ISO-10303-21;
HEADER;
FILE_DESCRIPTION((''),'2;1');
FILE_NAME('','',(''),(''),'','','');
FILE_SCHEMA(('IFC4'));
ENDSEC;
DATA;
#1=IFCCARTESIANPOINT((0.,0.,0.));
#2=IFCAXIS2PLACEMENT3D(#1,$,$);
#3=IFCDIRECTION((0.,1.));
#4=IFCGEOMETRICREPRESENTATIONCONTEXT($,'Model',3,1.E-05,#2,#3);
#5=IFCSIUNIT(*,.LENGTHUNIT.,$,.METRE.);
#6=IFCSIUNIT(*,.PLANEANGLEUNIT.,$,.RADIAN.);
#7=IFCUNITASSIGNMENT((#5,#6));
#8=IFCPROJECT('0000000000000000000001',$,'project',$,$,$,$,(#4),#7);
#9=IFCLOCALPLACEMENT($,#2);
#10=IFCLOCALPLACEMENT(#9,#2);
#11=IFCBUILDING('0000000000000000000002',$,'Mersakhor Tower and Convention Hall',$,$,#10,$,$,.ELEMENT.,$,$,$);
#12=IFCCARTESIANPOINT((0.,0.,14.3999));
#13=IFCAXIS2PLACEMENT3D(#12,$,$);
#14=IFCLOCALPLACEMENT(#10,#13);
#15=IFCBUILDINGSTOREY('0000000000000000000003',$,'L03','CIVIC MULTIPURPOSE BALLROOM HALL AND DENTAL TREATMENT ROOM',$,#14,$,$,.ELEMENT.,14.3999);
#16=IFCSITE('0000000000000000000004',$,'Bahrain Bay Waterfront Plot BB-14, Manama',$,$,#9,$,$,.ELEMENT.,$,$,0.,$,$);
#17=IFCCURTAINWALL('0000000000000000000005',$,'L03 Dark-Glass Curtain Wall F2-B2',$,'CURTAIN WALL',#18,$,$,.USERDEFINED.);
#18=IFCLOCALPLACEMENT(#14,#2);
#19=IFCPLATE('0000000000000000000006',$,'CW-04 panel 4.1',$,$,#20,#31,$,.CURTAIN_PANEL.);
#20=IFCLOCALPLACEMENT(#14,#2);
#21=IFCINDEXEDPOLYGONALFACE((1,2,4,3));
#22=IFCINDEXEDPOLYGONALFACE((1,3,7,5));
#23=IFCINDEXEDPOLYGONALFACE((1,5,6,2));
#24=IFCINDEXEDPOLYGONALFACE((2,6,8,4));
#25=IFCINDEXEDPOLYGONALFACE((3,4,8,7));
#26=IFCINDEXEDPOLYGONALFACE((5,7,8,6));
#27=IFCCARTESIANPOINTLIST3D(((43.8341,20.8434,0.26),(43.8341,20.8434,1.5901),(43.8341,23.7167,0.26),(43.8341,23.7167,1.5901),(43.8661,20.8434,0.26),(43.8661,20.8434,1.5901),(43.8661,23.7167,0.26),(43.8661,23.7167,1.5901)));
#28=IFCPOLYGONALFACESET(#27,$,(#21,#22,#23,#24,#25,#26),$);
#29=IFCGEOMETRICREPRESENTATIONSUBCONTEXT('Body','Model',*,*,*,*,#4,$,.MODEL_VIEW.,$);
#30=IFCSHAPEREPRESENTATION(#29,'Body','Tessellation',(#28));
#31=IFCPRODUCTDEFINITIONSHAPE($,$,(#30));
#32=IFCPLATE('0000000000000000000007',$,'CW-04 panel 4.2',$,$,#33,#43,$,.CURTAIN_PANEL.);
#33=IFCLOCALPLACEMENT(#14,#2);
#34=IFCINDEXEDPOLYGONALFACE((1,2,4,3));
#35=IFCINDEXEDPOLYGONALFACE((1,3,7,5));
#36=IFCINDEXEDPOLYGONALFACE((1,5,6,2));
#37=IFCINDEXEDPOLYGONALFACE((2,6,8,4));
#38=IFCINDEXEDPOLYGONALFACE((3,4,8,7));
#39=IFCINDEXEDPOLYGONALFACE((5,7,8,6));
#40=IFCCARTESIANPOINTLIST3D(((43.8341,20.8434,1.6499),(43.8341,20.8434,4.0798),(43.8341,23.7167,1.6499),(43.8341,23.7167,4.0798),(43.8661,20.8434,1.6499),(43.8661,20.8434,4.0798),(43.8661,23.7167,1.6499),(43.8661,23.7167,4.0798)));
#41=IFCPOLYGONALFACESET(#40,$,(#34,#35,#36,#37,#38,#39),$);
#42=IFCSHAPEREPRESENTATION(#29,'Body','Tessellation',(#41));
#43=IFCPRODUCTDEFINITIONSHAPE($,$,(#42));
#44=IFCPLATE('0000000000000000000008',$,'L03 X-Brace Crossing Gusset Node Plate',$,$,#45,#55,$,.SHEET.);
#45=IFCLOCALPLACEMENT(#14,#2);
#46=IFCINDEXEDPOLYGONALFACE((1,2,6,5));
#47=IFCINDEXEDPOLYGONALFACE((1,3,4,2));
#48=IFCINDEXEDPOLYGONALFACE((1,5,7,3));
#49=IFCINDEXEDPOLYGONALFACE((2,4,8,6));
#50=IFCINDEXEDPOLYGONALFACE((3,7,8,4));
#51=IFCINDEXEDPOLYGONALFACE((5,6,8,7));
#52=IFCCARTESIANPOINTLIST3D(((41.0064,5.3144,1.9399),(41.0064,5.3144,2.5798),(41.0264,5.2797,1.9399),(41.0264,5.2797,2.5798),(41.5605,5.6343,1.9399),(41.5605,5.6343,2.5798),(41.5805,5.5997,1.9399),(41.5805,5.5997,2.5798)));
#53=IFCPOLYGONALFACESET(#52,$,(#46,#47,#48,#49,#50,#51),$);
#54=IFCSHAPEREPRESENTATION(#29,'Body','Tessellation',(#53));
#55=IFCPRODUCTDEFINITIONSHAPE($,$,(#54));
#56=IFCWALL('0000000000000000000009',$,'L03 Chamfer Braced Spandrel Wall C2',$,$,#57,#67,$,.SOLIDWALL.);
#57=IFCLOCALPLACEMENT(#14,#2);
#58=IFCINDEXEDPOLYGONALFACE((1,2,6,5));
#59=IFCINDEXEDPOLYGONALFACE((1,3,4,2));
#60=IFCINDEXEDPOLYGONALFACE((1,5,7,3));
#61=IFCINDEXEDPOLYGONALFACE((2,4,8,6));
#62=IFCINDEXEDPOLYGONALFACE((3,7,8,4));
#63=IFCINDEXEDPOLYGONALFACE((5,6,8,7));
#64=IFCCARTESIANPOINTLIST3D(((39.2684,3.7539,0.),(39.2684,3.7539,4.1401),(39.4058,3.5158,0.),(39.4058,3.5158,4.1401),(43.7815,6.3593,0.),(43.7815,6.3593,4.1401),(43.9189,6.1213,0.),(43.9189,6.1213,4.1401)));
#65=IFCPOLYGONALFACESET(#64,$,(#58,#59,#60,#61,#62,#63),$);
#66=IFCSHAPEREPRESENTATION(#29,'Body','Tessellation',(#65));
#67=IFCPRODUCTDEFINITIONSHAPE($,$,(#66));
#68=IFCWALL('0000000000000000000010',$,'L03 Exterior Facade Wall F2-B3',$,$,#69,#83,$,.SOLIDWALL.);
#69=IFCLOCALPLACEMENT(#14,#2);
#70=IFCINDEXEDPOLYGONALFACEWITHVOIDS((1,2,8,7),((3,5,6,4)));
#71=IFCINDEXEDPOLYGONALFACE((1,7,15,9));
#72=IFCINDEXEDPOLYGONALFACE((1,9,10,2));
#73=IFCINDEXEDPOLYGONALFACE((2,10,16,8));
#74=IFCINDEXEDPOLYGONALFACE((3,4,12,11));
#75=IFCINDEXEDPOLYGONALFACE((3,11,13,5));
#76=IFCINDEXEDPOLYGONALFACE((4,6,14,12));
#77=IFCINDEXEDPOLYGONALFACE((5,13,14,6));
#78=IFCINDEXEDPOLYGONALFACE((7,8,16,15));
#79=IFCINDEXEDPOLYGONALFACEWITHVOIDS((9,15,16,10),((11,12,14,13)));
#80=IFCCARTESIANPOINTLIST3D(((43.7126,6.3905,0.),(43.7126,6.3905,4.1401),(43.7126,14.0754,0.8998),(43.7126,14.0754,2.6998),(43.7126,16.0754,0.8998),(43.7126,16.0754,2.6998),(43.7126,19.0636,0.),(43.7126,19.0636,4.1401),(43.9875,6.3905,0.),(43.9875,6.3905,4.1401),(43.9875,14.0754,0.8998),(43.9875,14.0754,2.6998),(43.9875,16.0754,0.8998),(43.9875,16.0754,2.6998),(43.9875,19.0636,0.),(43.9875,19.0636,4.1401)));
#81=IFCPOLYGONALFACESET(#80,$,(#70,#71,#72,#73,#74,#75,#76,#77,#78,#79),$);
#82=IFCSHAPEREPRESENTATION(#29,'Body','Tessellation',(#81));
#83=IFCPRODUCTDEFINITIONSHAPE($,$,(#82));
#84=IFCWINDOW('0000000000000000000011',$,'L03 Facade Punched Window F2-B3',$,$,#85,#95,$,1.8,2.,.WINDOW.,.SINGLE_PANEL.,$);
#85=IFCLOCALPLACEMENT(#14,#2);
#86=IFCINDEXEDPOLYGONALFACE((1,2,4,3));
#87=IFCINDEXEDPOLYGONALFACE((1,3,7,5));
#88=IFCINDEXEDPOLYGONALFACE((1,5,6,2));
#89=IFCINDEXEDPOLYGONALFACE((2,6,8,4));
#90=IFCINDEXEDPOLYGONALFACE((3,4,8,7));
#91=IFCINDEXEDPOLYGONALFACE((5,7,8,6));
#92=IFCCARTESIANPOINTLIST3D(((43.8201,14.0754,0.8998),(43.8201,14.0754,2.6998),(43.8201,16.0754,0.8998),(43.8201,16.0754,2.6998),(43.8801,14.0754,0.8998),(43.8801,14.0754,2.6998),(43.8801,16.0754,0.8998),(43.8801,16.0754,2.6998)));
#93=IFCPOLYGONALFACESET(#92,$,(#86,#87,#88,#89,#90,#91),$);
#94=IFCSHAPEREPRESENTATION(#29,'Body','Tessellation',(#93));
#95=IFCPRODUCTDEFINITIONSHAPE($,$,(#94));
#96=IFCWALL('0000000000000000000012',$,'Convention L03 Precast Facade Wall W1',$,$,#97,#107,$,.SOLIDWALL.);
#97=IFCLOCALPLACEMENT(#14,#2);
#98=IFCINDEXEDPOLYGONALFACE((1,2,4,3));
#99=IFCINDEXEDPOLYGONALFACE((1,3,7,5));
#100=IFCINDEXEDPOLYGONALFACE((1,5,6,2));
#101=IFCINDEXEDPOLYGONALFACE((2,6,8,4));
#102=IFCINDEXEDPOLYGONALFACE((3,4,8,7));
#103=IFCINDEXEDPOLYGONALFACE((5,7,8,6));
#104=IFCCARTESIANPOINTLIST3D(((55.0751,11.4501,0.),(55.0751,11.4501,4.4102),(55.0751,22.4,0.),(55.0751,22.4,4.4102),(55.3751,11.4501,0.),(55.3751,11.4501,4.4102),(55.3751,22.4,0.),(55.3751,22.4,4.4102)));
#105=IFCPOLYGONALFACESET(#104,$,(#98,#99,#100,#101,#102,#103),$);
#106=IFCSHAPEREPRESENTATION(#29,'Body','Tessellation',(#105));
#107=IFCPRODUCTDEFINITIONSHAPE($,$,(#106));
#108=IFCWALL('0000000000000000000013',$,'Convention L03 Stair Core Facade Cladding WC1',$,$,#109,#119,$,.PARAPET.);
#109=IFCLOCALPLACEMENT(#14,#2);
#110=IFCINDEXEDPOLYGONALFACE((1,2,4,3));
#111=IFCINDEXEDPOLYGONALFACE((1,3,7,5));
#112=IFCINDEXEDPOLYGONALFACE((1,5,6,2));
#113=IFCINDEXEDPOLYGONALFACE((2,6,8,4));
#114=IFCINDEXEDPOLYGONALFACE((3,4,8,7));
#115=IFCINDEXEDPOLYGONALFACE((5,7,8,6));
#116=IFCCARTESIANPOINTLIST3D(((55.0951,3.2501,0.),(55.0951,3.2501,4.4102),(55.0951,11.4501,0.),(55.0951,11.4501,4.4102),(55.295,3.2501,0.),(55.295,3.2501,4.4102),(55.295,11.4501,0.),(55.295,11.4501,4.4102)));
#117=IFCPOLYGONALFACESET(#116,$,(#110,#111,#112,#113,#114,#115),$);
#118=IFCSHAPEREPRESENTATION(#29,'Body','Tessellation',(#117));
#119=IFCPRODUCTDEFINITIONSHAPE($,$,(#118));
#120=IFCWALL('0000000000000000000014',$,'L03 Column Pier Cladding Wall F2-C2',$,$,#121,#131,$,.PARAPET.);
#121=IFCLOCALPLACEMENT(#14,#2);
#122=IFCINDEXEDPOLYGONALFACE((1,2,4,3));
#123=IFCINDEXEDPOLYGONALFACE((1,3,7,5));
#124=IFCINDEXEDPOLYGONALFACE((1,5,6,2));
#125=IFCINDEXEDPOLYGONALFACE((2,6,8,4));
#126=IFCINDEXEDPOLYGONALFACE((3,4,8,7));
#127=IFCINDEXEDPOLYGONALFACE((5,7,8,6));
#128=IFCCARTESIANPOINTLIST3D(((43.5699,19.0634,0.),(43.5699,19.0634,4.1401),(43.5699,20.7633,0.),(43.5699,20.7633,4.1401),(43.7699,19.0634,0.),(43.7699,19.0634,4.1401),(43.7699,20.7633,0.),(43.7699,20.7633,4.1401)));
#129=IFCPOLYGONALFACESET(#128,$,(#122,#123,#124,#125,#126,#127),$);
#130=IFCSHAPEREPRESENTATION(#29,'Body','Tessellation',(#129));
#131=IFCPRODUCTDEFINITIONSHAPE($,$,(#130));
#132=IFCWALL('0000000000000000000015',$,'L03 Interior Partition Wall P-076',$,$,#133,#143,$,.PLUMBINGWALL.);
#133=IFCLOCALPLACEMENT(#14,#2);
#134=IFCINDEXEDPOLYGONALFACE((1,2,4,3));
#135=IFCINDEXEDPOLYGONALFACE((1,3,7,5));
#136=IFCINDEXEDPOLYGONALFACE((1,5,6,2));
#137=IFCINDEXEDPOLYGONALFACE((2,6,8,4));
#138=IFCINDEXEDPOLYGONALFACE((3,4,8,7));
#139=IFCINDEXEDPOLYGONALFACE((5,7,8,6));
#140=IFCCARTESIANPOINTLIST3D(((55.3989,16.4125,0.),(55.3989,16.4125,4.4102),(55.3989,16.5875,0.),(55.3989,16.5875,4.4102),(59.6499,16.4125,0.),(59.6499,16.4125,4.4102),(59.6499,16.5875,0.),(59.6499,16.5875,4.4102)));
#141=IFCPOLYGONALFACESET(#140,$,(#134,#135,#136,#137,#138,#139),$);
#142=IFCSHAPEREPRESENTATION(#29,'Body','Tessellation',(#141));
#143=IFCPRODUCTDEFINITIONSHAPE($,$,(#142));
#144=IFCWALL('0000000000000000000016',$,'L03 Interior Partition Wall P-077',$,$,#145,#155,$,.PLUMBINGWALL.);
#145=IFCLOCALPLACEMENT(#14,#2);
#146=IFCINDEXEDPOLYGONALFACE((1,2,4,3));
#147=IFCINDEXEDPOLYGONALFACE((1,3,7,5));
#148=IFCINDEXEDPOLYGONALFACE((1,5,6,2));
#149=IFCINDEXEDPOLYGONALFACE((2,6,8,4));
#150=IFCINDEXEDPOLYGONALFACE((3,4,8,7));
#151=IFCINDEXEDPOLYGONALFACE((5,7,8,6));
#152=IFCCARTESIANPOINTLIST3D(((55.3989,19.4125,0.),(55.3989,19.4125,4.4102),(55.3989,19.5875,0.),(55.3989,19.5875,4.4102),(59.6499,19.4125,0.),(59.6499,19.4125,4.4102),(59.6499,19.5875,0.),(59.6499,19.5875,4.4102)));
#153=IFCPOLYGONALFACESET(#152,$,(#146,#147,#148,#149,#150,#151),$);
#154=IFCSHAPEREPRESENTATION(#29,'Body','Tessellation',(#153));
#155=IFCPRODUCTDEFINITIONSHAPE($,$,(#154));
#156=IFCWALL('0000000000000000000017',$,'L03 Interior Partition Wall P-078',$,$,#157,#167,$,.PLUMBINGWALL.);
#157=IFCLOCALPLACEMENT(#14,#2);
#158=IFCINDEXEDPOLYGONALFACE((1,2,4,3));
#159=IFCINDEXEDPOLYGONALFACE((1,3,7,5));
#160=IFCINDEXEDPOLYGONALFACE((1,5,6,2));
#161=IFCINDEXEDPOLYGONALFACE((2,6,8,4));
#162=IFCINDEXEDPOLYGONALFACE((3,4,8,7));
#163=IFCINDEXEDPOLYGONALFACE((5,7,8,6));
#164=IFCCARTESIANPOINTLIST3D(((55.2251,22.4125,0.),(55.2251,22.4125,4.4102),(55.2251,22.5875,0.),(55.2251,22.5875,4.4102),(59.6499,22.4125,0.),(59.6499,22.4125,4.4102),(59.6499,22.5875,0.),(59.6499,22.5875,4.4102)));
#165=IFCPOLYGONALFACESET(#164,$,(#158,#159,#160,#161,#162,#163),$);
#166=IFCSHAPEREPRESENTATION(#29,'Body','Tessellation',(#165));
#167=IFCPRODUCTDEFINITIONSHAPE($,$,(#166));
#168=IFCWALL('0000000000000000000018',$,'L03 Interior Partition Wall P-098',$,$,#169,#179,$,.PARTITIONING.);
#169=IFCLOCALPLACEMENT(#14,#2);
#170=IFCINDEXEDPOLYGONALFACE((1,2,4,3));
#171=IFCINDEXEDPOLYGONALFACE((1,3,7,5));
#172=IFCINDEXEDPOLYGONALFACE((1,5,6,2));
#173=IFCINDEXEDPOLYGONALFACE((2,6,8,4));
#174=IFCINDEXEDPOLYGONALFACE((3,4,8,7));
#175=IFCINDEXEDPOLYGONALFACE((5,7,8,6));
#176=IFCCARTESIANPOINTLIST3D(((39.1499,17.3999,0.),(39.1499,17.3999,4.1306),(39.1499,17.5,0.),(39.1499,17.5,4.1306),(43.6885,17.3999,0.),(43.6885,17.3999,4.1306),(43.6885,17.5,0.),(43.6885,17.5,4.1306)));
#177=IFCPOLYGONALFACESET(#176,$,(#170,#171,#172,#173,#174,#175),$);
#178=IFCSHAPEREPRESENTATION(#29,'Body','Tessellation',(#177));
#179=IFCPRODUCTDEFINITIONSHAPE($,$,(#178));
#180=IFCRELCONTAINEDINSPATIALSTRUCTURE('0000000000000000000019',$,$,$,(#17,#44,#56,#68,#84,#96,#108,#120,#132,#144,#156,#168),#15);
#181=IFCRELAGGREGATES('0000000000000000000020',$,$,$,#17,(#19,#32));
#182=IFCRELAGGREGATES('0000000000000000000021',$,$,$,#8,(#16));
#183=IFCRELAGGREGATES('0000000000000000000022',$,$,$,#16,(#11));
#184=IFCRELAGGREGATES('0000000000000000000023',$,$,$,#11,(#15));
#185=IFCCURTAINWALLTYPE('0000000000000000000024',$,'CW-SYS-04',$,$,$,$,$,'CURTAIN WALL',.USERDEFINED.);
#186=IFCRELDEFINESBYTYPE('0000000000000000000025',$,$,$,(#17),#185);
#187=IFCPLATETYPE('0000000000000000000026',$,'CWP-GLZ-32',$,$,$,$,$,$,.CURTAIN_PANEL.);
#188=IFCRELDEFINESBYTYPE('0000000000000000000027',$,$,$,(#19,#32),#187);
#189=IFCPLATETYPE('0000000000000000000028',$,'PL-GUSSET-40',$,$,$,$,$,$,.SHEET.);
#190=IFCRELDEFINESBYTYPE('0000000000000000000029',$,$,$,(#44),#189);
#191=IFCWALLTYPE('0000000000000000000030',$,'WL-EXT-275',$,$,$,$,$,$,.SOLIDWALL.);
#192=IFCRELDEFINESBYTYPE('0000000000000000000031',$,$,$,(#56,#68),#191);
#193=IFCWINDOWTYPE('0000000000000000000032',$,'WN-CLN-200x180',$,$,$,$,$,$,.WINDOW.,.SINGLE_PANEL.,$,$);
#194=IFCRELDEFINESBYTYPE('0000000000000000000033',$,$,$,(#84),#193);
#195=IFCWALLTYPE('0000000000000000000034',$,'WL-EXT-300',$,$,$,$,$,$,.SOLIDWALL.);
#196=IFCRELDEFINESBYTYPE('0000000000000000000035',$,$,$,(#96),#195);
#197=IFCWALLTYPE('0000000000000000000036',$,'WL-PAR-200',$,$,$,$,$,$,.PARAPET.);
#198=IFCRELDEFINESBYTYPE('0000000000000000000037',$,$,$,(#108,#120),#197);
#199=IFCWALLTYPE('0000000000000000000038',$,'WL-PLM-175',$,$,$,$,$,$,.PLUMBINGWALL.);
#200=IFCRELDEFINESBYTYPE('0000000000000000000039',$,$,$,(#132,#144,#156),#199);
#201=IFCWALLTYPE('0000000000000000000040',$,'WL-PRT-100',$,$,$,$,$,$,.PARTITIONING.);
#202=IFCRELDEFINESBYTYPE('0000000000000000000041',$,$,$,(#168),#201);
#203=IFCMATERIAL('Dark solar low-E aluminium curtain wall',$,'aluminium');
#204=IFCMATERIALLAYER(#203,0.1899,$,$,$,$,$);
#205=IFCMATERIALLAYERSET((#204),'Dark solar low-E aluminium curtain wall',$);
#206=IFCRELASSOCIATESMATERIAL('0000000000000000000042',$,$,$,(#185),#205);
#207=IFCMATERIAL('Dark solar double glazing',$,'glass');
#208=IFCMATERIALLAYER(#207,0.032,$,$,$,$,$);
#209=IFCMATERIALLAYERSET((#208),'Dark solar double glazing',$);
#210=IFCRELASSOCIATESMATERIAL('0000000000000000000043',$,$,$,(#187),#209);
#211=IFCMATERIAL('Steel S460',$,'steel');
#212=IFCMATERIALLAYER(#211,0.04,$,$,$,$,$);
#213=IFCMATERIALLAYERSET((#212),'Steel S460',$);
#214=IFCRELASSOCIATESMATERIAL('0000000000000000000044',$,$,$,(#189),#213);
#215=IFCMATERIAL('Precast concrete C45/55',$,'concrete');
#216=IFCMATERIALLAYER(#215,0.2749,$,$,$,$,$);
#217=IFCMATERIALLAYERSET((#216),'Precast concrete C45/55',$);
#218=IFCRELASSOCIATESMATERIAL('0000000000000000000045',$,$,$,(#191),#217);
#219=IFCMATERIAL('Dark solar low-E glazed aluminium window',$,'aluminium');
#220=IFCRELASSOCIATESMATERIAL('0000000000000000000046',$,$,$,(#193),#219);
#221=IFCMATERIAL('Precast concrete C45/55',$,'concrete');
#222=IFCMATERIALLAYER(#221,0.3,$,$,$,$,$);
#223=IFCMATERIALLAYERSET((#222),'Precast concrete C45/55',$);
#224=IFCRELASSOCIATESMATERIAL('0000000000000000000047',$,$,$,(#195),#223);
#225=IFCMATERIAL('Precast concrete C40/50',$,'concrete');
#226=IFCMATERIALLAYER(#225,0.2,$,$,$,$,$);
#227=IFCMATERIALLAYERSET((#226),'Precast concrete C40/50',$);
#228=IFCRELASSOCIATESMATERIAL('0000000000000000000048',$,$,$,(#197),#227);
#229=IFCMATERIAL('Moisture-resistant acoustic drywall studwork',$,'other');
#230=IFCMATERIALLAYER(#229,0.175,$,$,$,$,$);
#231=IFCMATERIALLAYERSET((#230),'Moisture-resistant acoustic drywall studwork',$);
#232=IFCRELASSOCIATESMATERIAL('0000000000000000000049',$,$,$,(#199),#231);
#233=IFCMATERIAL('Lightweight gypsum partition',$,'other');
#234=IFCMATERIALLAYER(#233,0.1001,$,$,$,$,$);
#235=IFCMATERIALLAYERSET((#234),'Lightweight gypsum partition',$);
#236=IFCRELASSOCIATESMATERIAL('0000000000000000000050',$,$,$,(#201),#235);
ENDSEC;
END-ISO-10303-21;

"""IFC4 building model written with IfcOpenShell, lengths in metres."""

from ifc_helpers import new_model, si_unit, direction, frame, frame_2d, origin, origin_2d, place, context, subcontext, project, spatial, rectangle, extrude, material, layer, layer_set, type_object, element, fill, aggregate, save


model = new_model("IFC4")

# Units and contexts
model_context = context("Model", 3, precision=1e-05, world=origin(), true_north=direction((0.0, 1.0)))
body_context = subcontext(model_context, "Body", "Model", "MODEL_VIEW")
ifc_project = project(units=[si_unit("LENGTHUNIT", "METRE"), si_unit("PLANEANGLEUNIT", "RADIAN")], contexts=[model_context])

# Site, building, storey
site_placement = place(None, origin())
site = spatial("IfcSite", under=ifc_project, at=site_placement, Name="Bahrain Bay Waterfront Plot BB-14, Manama", CompositionType="ELEMENT", RefElevation=0.0)
building_placement = place(site_placement, origin())
building = spatial("IfcBuilding", under=site, at=building_placement, Name="Mersakhor Tower and Convention Hall", CompositionType="ELEMENT")
storey_placement = place(building_placement, frame((0.0, 0.0, 14.3999)))
storey = spatial("IfcBuildingStorey", under=building, at=storey_placement, Name="L03", Description="CIVIC MULTIPURPOSE BALLROOM HALL AND DENTAL TREATMENT ROOM", CompositionType="ELEMENT", Elevation=14.3999)

# Curtain wall
ifc_material_1 = material(Name="Dark solar low-E aluminium curtain wall", Category="aluminium")
ifc_layer_1 = layer(ifc_material_1, 0.1899)
ifc_layer_set_1 = layer_set([ifc_layer_1], Name="Dark solar low-E aluminium curtain wall")
curtain_wall_type = type_object("IfcCurtainWallType", Name="CW-SYS-04", ElementType="CURTAIN WALL", PredefinedType="USERDEFINED", material=ifc_layer_set_1)
curtain_wall_placement = place(storey_placement, origin())
curtain_wall = element("IfcCurtainWall", 1, at=curtain_wall_placement, inside=storey, type_object=curtain_wall_type, Name="L03 Dark-Glass Curtain Wall F2-B2", ObjectType="CURTAIN WALL", PredefinedType="USERDEFINED")

# Plates
ifc_material_2 = material(Name="Dark solar double glazing", Category="glass")
ifc_layer_2 = layer(ifc_material_2, 0.032)
ifc_layer_set_2 = layer_set([ifc_layer_2], Name="Dark solar double glazing")
plate_type_1 = type_object("IfcPlateType", Name="CWP-GLZ-32", PredefinedType="CURTAIN_PANEL", material=ifc_layer_set_2)
plate_1_placement = place(storey_placement, frame((43.8501, 22.28, 0.26), z_axis=(0.0, 0.0, 1.0), x_axis=(0.0, -1.0, 0.0)))
plate_1 = element("IfcPlate", 2, at=plate_1_placement, type_object=plate_type_1, Name="CW-04 panel 4.1", PredefinedType="CURTAIN_PANEL", context=body_context, shape_type="SweptSolid", body=[
    extrude(rectangle(XDim=2.8733, YDim=0.032, at=origin_2d()), origin(), (0.0, 0.0, 1.0), 1.3301),
])
plate_2_placement = place(storey_placement, frame((43.8501, 22.28, 1.6499), z_axis=(0.0, 0.0, 1.0), x_axis=(0.0, -1.0, 0.0)))
plate_2 = element("IfcPlate", 3, at=plate_2_placement, type_object=plate_type_1, Name="CW-04 panel 4.2", PredefinedType="CURTAIN_PANEL", context=body_context, shape_type="SweptSolid", body=[
    extrude(rectangle(XDim=2.8733, YDim=0.032, at=origin_2d()), origin(), (0.0, 0.0, 1.0), 2.4299),
])
aggregate(curtain_wall, [plate_1, plate_2])
ifc_material_3 = material(Name="Steel S460", Category="steel")
ifc_layer_3 = layer(ifc_material_3, 0.04)
ifc_layer_set_3 = layer_set([ifc_layer_3], Name="Steel S460")
plate_type_2 = type_object("IfcPlateType", Name="PL-GUSSET-40", PredefinedType="SHEET", material=ifc_layer_set_3)
plate_3_placement = place(storey_placement, frame((41.2935, 5.457, 1.9399), z_axis=(0.0, 0.0, 1.0), x_axis=(0.866025, 0.5, 0.0)))
element("IfcPlate", 4, at=plate_3_placement, inside=storey, type_object=plate_type_2, Name="L03 X-Brace Crossing Gusset Node Plate", PredefinedType="SHEET", context=body_context, shape_type="SweptSolid", body=[
    extrude(rectangle(XDim=0.6399, YDim=0.04, at=origin_2d()), origin(), (0.0, 0.0, 1.0), 0.6399),
])

# Wall
ifc_material_4 = material(Name="Precast concrete C45/55", Category="concrete")
ifc_layer_4 = layer(ifc_material_4, 0.2749)
ifc_layer_set_4 = layer_set([ifc_layer_4], Name="Precast concrete C45/55")
wall_type_1 = type_object("IfcWallType", Name="WL-EXT-275", PredefinedType="SOLIDWALL", material=ifc_layer_set_4)
wall_1_placement = place(storey_placement, frame((43.8501, 6.2402, 0.0), z_axis=(0.0, 0.0, 1.0), x_axis=(-0.866044, -0.499968, 0.0)))
element("IfcWall", 5, at=wall_1_placement, inside=storey, type_object=wall_type_1, Name="L03 Chamfer Braced Spandrel Wall C2", PredefinedType="SOLIDWALL", context=body_context, shape_type="SweptSolid", body=[
    extrude(rectangle(XDim=5.2112, YDim=0.2749, at=frame_2d((2.6055, 0.0))), origin(), (0.0, 0.0, 1.0), 4.1401),
])

# Wall, opening, window
wall_2_placement = place(storey_placement, frame((43.8501, 19.0635, 0.0), z_axis=(0.0, 0.0, 1.0), x_axis=(0.0, -1.0, 0.0)))
wall_2 = element("IfcWall", 6, at=wall_2_placement, inside=storey, type_object=wall_type_1, Name="L03 Exterior Facade Wall F2-B3", PredefinedType="SOLIDWALL", context=body_context, shape_type="SweptSolid", body=[
    extrude(rectangle(XDim=12.6731, YDim=0.2749, at=frame_2d((6.3364, 0.0))), origin(), (0.0, 0.0, 1.0), 4.1401),
])
opening_1_placement = place(wall_2_placement, frame((2.988, 0.0, 0.8999)))
opening_1 = element("IfcOpeningElement", 7, at=opening_1_placement, cuts=wall_2, PredefinedType="OPENING", context=body_context, shape_type="SweptSolid", body=[
    extrude(rectangle(XDim=2.0, YDim=1.8, at=frame_2d((1.0, 0.8999))), frame((0.0, 0.1475, 0.0), z_axis=(0.0, -1.0, 0.0), x_axis=(1.0, 0.0, 0.0)), (0.0, 0.0, 1.0), 0.2949),
])
ifc_material_5 = material(Name="Dark solar low-E glazed aluminium window", Category="aluminium")
window_type = type_object("IfcWindowType", Name="WN-CLN-200x180", PartitioningType="SINGLE_PANEL", PredefinedType="WINDOW", material=ifc_material_5)
window_placement = place(opening_1_placement, origin())
window = element("IfcWindow", 8, at=window_placement, inside=storey, type_object=window_type, Name="L03 Facade Punched Window F2-B3", OverallHeight=1.8, OverallWidth=2.0, PartitioningType="SINGLE_PANEL", PredefinedType="WINDOW", context=body_context, shape_type="SweptSolid", body=[
    extrude(rectangle(XDim=2.0, YDim=1.8, at=frame_2d((1.0, 0.8999))), frame((0.0, 0.03, 0.0), z_axis=(0.0, -1.0, 0.0), x_axis=(1.0, 0.0, 0.0)), (0.0, 0.0, 1.0), 0.0601),
])
fill(opening_1, window)

# Walls
ifc_material_6 = material(Name="Precast concrete C45/55", Category="concrete")
ifc_layer_5 = layer(ifc_material_6, 0.3)
ifc_layer_set_5 = layer_set([ifc_layer_5], Name="Precast concrete C45/55")
wall_type_2 = type_object("IfcWallType", Name="WL-EXT-300", PredefinedType="SOLIDWALL", material=ifc_layer_set_5)
wall_3_placement = place(storey_placement, frame((55.2251, 11.45, 0.0), z_axis=(0.0, 0.0, 1.0), x_axis=(0.0, 1.0, 0.0)))
element("IfcWall", 9, at=wall_3_placement, inside=storey, type_object=wall_type_2, Name="Convention L03 Precast Facade Wall W1", PredefinedType="SOLIDWALL", context=body_context, shape_type="SweptSolid", body=[
    extrude(rectangle(XDim=10.95, YDim=0.3, at=frame_2d((5.4751, 0.0))), origin(), (0.0, 0.0, 1.0), 4.4102),
])
ifc_material_7 = material(Name="Precast concrete C40/50", Category="concrete")
ifc_layer_6 = layer(ifc_material_7, 0.2)
ifc_layer_set_6 = layer_set([ifc_layer_6], Name="Precast concrete C40/50")
wall_type_3 = type_object("IfcWallType", Name="WL-PAR-200", PredefinedType="PARAPET", material=ifc_layer_set_6)
wall_4_placement = place(storey_placement, frame((55.1951, 3.25, 0.0), z_axis=(0.0, 0.0, 1.0), x_axis=(0.0, 1.0, 0.0)))
element("IfcWall", 10, at=wall_4_placement, inside=storey, type_object=wall_type_3, Name="Convention L03 Stair Core Facade Cladding WC1", PredefinedType="PARAPET", context=body_context, shape_type="SweptSolid", body=[
    extrude(rectangle(XDim=8.2, YDim=0.2, at=frame_2d((4.1001, 0.0))), origin(), (0.0, 0.0, 1.0), 4.4102),
])
wall_5_placement = place(storey_placement, frame((43.6699, 20.7634, 0.0), z_axis=(0.0, 0.0, 1.0), x_axis=(0.0, -1.0, 0.0)))
element("IfcWall", 11, at=wall_5_placement, inside=storey, type_object=wall_type_3, Name="L03 Column Pier Cladding Wall F2-C2", PredefinedType="PARAPET", context=body_context, shape_type="SweptSolid", body=[
    extrude(rectangle(XDim=1.7, YDim=0.2, at=frame_2d((0.8501, 0.0))), origin(), (0.0, 0.0, 1.0), 4.1401),
])
ifc_material_8 = material(Name="Moisture-resistant acoustic drywall studwork", Category="other")
ifc_layer_7 = layer(ifc_material_8, 0.175)
ifc_layer_set_7 = layer_set([ifc_layer_7], Name="Moisture-resistant acoustic drywall studwork")
wall_type_4 = type_object("IfcWallType", Name="WL-PLM-175", PredefinedType="PLUMBINGWALL", material=ifc_layer_set_7)
for number, where, z_axis, x_axis, name in (
    (12, (55.3989, 16.5, 0.0), (0.0, 0.0, 1.0), (1.0, 0.0, 0.0), "L03 Interior Partition Wall P-076"),
    (13, (55.3989, 19.5, 0.0), (0.0, 0.0, 1.0), (1.0, 0.0, 0.0), "L03 Interior Partition Wall P-077"),
):
    element("IfcWall", number, at=place(storey_placement, frame(where, z_axis=z_axis, x_axis=x_axis)), inside=storey, type_object=wall_type_4, Name=name, PredefinedType="PLUMBINGWALL", context=body_context, shape_type="SweptSolid", body=[
        extrude(rectangle(XDim=4.251, YDim=0.175, at=frame_2d((2.1255, 0.0))), origin(), (0.0, 0.0, 1.0), 4.4102),
    ])
wall_6_placement = place(storey_placement, frame((55.2251, 22.5, 0.0), z_axis=(0.0, 0.0, 1.0), x_axis=(1.0, 0.0, 0.0)))
element("IfcWall", 14, at=wall_6_placement, inside=storey, type_object=wall_type_4, Name="L03 Interior Partition Wall P-078", PredefinedType="PLUMBINGWALL", context=body_context, shape_type="SweptSolid", body=[
    extrude(rectangle(XDim=4.4248, YDim=0.175, at=frame_2d((2.2124, 0.0))), origin(), (0.0, 0.0, 1.0), 4.4102),
])
ifc_material_9 = material(Name="Lightweight gypsum partition", Category="other")
ifc_layer_8 = layer(ifc_material_9, 0.1001)
ifc_layer_set_8 = layer_set([ifc_layer_8], Name="Lightweight gypsum partition")
wall_type_5 = type_object("IfcWallType", Name="WL-PRT-100", PredefinedType="PARTITIONING", material=ifc_layer_set_8)
wall_7_placement = place(storey_placement, frame((43.6885, 17.45, 0.0), z_axis=(0.0, 0.0, 1.0), x_axis=(-1.0, 0.0, 0.0)))
element("IfcWall", 15, at=wall_7_placement, inside=storey, type_object=wall_type_5, Name="L03 Interior Partition Wall P-098", PredefinedType="PARTITIONING", context=body_context, shape_type="SweptSolid", body=[
    extrude(rectangle(XDim=4.5386, YDim=0.1001, at=frame_2d((2.2693, 0.0))), origin(), (0.0, 0.0, 1.0), 4.1306),
])

save(model, "model.ifc")
